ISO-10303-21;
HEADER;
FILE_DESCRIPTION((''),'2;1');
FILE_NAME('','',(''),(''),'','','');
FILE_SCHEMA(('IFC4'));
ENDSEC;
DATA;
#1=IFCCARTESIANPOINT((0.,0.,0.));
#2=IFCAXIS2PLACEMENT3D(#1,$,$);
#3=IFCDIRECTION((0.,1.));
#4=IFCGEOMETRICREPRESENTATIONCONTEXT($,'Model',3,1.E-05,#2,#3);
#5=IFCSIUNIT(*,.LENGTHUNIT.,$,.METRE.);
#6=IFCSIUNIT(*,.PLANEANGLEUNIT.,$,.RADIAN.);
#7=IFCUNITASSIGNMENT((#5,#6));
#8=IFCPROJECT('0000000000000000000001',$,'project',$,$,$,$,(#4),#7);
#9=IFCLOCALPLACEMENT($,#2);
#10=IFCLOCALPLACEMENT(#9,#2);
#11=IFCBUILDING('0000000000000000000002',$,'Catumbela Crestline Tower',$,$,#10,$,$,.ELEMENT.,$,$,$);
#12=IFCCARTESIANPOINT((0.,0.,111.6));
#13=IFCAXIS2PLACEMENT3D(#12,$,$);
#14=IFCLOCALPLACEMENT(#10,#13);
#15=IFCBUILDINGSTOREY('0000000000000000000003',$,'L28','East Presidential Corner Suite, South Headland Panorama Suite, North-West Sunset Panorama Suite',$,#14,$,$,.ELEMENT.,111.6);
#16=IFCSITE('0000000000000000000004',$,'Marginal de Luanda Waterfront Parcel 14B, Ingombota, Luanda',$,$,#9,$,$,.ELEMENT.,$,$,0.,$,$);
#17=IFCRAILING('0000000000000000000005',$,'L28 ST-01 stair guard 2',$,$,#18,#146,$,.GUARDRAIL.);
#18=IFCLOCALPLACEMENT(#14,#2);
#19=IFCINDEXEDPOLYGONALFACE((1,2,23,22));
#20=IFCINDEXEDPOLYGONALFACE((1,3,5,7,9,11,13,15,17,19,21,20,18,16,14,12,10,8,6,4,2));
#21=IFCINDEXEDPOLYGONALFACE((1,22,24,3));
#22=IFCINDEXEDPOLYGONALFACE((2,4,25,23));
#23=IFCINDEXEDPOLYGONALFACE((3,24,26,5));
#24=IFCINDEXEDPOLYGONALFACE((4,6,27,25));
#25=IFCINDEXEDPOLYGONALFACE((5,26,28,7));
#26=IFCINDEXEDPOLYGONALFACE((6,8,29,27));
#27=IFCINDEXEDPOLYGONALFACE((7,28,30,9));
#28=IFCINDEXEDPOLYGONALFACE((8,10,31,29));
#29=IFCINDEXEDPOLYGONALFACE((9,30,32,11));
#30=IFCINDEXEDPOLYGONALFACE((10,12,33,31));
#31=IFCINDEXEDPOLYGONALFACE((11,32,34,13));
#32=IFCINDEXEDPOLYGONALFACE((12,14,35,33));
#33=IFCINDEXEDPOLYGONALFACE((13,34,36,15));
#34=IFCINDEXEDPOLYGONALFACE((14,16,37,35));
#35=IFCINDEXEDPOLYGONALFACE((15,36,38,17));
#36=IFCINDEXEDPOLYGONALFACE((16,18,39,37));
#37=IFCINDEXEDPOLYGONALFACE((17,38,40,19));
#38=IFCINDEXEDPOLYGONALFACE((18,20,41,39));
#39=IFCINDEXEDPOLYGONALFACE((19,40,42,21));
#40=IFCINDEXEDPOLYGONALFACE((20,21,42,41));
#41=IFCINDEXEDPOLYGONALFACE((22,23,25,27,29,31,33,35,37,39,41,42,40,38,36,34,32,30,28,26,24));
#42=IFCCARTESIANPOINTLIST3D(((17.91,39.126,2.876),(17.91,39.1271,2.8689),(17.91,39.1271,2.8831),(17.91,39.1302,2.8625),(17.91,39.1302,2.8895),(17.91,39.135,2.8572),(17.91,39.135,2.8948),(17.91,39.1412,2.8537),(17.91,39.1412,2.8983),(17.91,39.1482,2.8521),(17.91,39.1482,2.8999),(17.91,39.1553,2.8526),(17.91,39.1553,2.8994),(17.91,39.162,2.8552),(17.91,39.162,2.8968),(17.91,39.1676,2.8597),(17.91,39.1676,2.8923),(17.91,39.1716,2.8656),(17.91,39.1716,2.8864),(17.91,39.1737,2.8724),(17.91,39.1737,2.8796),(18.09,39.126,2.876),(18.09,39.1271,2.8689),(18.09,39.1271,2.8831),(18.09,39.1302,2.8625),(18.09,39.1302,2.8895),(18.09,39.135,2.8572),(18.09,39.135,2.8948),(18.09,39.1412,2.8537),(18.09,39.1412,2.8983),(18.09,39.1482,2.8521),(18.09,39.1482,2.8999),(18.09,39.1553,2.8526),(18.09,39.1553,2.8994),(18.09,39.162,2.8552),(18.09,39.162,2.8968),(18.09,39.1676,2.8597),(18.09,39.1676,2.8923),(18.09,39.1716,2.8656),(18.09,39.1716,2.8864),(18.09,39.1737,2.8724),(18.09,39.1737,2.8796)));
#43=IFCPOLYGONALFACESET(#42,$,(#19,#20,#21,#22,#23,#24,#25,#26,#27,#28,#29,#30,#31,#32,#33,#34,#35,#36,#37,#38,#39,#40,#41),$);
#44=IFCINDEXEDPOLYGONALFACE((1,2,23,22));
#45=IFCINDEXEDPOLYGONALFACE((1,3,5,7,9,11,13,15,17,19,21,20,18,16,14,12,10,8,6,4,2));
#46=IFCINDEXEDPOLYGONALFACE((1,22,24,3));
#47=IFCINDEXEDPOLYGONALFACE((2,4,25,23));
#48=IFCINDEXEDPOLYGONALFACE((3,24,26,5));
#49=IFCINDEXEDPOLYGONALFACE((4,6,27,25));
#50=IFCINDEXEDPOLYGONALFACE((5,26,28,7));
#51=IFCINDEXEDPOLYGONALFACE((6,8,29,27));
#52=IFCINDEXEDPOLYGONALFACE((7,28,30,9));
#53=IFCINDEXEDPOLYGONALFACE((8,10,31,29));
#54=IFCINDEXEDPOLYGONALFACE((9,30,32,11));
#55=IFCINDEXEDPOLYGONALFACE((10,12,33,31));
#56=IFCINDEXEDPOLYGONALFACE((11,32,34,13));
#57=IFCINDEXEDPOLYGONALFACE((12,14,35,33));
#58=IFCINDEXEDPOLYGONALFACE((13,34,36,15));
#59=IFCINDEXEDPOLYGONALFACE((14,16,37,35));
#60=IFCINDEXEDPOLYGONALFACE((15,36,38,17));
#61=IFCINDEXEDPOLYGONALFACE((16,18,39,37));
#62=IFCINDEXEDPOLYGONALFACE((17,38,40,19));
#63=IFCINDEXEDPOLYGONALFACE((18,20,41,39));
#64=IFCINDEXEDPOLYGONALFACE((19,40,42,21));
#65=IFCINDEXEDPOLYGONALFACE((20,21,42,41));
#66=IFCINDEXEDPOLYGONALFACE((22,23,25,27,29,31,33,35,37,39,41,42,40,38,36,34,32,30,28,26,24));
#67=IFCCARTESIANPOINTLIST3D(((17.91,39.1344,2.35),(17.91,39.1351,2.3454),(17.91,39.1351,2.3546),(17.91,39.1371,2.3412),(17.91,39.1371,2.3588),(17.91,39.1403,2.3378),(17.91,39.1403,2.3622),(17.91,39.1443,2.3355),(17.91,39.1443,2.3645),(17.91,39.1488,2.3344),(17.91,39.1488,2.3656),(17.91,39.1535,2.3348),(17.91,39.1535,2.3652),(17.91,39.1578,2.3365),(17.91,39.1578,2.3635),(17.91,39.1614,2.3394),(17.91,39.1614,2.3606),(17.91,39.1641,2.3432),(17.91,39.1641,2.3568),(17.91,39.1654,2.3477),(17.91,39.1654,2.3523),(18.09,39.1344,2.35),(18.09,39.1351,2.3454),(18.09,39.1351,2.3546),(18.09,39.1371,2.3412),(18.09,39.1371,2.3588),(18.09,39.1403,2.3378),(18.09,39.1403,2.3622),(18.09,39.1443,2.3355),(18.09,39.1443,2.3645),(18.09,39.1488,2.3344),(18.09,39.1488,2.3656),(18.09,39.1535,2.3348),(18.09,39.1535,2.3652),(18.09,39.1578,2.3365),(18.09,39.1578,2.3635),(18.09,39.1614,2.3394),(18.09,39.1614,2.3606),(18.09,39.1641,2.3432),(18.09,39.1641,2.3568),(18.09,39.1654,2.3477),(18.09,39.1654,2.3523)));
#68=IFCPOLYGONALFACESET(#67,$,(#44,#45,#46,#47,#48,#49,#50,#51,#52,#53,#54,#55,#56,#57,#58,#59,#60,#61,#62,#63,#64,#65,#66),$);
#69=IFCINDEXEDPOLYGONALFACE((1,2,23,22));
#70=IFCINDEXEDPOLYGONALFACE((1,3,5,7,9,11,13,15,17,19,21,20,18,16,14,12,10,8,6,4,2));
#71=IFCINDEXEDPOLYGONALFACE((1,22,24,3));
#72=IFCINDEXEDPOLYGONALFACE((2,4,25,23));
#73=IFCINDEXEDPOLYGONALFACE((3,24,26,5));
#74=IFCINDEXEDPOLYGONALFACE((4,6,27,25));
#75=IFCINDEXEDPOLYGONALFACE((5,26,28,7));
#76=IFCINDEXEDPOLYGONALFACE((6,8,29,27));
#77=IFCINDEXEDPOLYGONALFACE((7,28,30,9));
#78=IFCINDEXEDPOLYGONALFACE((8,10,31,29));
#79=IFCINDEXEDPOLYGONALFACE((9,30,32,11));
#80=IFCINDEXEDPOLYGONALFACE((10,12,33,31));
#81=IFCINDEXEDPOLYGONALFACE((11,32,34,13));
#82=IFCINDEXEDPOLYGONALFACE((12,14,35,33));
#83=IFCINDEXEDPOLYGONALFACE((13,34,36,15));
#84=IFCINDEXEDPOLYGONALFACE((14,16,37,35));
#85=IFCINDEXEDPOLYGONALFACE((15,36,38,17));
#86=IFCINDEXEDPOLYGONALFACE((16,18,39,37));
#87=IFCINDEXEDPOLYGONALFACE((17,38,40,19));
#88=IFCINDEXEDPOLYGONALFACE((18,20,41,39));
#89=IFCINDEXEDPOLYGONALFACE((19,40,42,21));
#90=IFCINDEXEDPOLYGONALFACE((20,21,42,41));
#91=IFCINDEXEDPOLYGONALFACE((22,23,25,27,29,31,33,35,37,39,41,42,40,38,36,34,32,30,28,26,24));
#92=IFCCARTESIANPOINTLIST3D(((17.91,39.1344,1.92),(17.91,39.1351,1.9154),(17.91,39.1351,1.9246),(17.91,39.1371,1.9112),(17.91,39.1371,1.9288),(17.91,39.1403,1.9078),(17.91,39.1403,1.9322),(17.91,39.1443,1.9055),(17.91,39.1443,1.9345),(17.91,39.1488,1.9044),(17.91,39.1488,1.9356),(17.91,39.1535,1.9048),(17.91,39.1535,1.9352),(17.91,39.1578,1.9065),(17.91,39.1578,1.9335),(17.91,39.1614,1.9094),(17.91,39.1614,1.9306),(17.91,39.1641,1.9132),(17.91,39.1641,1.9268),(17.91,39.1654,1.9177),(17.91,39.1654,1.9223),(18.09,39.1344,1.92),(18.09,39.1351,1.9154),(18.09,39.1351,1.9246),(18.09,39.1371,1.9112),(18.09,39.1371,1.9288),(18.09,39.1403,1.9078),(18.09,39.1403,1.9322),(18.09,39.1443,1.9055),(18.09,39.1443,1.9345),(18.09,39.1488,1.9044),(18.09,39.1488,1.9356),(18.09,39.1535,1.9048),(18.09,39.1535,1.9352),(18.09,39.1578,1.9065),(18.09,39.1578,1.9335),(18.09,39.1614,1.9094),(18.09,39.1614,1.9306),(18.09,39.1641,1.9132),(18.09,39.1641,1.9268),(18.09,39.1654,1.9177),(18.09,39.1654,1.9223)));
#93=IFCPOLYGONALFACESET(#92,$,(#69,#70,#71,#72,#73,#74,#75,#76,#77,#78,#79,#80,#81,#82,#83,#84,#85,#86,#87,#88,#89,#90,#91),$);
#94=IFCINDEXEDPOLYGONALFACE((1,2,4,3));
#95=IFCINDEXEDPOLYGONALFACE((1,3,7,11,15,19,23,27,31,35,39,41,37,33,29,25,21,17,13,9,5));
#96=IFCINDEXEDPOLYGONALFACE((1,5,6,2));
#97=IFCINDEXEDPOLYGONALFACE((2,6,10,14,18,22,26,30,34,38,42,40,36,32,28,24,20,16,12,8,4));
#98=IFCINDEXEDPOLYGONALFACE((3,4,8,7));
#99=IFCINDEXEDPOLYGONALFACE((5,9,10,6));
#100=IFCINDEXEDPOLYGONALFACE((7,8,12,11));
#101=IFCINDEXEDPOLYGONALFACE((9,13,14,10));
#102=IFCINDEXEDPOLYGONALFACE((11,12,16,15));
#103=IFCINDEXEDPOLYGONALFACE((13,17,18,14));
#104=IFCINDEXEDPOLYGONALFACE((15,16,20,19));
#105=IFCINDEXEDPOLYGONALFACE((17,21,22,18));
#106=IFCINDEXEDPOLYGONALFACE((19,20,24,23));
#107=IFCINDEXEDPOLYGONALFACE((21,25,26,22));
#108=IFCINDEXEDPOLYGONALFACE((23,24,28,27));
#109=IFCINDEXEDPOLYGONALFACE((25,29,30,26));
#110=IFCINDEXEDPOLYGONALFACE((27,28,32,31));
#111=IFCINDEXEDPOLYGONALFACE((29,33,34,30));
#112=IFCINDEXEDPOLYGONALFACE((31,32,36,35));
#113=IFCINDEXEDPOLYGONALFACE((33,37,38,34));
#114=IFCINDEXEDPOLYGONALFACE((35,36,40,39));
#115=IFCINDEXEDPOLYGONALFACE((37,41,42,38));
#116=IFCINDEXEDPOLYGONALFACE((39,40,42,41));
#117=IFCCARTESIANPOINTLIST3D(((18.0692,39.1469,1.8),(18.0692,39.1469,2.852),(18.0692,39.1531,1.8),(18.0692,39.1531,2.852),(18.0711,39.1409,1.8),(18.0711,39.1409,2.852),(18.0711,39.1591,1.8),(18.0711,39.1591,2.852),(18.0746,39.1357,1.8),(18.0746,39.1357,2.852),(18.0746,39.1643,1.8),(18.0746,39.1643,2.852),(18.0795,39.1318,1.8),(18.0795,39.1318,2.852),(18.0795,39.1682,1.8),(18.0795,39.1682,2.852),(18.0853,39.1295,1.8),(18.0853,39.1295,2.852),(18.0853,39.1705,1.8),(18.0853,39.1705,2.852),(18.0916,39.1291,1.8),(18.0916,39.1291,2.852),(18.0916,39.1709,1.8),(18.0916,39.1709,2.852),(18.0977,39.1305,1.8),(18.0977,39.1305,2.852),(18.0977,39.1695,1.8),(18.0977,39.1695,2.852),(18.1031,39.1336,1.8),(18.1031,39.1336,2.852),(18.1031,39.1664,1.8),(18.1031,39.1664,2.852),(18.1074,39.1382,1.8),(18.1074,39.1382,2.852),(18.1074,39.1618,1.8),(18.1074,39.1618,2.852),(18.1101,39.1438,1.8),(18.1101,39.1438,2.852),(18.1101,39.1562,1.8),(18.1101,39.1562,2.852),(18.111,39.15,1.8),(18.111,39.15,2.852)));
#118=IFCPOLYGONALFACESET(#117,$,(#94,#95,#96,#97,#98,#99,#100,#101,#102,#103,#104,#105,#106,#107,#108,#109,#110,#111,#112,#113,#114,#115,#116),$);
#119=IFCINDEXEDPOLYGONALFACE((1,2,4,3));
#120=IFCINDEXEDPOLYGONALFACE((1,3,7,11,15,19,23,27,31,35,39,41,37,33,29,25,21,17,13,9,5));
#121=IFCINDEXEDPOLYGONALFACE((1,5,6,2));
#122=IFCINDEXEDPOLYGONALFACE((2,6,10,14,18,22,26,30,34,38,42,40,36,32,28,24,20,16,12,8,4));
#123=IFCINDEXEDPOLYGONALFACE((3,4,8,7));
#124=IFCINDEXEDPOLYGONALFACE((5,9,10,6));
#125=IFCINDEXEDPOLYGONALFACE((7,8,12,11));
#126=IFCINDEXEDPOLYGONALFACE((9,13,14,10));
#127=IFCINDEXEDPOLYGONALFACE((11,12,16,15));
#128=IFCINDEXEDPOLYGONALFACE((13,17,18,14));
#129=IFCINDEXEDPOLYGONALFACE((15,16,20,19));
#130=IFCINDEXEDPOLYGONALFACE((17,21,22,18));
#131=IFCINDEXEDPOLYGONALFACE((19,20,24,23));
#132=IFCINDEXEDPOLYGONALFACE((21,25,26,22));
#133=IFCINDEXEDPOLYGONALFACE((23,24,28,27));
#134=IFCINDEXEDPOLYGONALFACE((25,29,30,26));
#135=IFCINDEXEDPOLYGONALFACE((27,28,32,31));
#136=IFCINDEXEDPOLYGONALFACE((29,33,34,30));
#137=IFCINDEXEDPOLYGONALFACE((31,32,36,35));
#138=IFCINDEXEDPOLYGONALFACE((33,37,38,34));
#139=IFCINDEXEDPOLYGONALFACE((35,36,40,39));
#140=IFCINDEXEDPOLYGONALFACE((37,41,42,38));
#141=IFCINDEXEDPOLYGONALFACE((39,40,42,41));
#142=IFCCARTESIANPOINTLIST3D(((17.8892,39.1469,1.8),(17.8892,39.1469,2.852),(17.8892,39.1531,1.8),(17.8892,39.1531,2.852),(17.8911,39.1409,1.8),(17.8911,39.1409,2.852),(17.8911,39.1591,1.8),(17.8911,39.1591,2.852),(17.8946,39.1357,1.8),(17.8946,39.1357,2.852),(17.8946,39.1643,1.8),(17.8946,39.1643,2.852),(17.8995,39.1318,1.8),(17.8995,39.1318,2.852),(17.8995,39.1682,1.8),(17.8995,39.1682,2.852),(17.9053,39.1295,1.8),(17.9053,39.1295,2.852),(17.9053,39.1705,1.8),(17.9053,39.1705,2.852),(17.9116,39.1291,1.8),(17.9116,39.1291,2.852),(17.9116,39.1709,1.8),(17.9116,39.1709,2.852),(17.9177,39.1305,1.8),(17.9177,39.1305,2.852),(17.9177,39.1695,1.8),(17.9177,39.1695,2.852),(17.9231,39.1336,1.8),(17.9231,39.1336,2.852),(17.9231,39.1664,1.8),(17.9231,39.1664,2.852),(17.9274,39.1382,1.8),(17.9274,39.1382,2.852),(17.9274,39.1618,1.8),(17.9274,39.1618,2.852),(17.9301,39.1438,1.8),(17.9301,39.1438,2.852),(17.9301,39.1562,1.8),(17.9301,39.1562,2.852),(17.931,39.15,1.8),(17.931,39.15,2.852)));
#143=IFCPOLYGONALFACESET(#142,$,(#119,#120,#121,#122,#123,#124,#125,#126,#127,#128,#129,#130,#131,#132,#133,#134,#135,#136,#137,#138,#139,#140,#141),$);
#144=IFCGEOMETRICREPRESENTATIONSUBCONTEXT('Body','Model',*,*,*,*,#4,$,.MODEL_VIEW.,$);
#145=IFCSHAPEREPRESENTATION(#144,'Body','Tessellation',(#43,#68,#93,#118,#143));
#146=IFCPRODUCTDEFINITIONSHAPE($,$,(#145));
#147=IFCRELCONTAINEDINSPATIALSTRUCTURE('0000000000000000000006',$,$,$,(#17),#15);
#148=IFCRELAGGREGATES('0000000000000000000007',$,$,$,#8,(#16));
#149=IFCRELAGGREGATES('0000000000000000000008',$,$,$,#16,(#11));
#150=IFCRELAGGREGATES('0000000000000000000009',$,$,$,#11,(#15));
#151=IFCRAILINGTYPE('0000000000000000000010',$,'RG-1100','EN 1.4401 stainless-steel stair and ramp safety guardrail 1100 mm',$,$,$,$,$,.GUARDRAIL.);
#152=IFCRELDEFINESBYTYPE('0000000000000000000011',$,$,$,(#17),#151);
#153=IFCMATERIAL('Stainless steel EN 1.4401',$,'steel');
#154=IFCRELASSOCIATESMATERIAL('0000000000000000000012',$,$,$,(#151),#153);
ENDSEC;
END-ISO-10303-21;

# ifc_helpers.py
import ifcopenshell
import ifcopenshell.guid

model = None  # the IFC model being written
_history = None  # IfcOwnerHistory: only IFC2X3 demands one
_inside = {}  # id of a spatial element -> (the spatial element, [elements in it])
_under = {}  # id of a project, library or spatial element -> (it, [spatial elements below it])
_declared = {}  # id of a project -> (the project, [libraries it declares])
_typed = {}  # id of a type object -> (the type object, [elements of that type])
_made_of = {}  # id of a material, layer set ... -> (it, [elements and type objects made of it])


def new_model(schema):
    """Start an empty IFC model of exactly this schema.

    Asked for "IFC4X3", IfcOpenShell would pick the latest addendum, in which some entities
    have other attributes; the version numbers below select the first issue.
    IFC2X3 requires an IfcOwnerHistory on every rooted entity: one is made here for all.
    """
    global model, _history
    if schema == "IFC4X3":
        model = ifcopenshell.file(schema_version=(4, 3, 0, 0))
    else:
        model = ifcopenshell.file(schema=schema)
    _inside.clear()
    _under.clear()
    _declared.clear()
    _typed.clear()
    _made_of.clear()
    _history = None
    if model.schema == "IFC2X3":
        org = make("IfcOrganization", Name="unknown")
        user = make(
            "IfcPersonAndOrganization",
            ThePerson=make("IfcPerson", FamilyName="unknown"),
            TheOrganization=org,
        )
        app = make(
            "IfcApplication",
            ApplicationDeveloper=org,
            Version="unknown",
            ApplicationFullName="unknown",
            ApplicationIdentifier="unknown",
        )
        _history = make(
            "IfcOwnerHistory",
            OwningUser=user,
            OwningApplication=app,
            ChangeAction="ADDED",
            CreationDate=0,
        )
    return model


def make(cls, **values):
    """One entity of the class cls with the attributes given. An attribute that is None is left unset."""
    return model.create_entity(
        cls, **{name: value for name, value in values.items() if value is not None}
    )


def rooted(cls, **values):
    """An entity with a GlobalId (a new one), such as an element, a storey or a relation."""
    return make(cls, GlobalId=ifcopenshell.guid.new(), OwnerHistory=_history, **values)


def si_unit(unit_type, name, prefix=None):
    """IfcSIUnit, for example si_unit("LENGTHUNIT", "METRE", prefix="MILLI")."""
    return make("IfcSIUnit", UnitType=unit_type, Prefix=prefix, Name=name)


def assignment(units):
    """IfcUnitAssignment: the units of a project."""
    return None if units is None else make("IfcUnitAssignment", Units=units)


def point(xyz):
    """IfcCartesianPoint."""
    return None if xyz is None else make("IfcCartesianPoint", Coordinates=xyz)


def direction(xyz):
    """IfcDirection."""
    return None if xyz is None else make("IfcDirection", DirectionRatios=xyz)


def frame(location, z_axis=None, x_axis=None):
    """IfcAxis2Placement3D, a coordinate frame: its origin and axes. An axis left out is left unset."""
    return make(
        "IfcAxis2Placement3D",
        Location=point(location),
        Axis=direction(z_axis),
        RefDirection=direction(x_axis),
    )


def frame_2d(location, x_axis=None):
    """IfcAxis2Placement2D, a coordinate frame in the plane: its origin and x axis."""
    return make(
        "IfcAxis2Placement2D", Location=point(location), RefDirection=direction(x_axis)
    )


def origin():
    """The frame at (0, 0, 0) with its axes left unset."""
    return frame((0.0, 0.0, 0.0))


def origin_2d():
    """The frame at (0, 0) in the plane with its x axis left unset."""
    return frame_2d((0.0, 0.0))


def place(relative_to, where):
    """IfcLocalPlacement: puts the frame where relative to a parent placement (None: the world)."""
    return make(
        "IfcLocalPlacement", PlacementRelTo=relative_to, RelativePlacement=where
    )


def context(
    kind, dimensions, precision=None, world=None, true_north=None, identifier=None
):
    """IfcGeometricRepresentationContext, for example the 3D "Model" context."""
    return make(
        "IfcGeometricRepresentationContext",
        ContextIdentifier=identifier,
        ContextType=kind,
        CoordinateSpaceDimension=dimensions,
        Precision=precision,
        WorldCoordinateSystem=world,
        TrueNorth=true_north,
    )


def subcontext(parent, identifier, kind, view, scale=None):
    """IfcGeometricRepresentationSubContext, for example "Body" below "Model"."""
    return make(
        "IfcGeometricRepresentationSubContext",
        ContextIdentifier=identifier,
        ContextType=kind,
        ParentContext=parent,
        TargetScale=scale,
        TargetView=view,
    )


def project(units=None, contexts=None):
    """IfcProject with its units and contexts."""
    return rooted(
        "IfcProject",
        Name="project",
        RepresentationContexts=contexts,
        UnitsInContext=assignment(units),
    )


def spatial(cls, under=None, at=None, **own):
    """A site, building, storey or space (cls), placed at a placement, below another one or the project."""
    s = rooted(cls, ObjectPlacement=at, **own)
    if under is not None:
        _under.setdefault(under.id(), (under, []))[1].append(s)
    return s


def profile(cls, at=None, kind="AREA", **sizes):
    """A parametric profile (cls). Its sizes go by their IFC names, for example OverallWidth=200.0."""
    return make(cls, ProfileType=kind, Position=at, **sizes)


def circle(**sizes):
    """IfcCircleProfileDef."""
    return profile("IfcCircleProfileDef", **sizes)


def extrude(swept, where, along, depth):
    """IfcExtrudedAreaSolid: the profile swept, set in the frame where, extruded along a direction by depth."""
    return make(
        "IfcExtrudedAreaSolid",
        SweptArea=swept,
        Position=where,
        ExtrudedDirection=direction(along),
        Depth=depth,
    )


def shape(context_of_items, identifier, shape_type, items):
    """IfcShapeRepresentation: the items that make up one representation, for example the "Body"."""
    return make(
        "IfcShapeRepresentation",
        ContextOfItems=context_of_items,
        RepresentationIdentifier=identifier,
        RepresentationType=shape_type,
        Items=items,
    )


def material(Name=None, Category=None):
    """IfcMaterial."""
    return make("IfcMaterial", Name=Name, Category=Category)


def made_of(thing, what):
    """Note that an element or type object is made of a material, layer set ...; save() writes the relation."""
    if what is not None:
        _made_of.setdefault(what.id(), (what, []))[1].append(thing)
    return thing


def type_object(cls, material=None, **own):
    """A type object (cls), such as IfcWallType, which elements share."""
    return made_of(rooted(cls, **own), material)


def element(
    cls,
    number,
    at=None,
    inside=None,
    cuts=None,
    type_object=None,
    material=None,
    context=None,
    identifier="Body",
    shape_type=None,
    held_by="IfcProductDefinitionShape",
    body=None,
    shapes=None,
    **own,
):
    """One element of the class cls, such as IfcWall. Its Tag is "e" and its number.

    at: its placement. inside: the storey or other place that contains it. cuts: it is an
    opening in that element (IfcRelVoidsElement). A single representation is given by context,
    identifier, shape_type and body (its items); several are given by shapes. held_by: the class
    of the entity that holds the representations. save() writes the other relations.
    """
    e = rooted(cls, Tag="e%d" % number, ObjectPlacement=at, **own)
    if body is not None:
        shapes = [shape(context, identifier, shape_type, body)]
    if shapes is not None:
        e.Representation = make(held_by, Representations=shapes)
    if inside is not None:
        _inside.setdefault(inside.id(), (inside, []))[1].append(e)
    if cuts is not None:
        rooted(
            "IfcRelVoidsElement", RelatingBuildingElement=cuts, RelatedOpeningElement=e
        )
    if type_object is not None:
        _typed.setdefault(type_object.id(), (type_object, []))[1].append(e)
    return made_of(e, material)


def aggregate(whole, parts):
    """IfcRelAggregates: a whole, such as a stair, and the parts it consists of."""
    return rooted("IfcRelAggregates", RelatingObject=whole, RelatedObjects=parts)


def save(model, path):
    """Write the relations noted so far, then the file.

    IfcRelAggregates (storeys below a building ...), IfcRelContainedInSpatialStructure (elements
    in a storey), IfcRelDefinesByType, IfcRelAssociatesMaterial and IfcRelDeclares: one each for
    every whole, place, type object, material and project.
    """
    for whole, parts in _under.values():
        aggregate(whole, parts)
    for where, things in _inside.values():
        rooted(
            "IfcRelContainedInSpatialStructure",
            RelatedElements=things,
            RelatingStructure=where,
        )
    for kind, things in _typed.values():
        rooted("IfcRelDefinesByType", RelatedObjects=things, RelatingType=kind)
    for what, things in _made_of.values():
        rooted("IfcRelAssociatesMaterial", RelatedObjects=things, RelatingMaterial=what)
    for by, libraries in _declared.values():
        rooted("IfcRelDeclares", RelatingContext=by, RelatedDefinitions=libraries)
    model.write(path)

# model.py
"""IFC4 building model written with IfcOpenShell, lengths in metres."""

from ifc_helpers import new_model, si_unit, direction, frame, origin, origin_2d, place, context, subcontext, project, spatial, circle, extrude, material, type_object, element, save


model = new_model("IFC4")

# Units and contexts
model_context = context("Model", 3, precision=1e-05, world=origin(), true_north=direction((0.0, 1.0)))
body_context = subcontext(model_context, "Body", "Model", "MODEL_VIEW")
ifc_project = project(units=[si_unit("LENGTHUNIT", "METRE"), si_unit("PLANEANGLEUNIT", "RADIAN")], contexts=[model_context])

# Site, building, storey
site_placement = place(None, origin())
site = spatial("IfcSite", under=ifc_project, at=site_placement, Name="Marginal de Luanda Waterfront Parcel 14B, Ingombota, Luanda", CompositionType="ELEMENT", RefElevation=0.0)
building_placement = place(site_placement, origin())
building = spatial("IfcBuilding", under=site, at=building_placement, Name="Catumbela Crestline Tower", CompositionType="ELEMENT")
storey_placement = place(building_placement, frame((0.0, 0.0, 111.6)))
storey = spatial("IfcBuildingStorey", under=building, at=storey_placement, Name="L28", Description="East Presidential Corner Suite, South Headland Panorama Suite, North-West Sunset Panorama Suite", CompositionType="ELEMENT", Elevation=111.6)

# Railing
ifc_material_1 = material(Name="Stainless steel EN 1.4401", Category="steel")
railing_type_1 = type_object("IfcRailingType", Name="RG-1100", Description="EN 1.4401 stainless-steel stair and ramp safety guardrail 1100 mm", PredefinedType="GUARDRAIL", material=ifc_material_1)
railing_1_placement = place(storey_placement, frame((18.09, 39.15, 1.8)))
element("IfcRailing", 1, at=railing_1_placement, inside=storey, type_object=railing_type_1, Name="L28 ST-01 stair guard 2", PredefinedType="GUARDRAIL", context=body_context, shape_type="SweptSolid", body=[
    extrude(circle(Radius=0.024, at=origin_2d()), frame((0.0, 0.0, 1.076), z_axis=(-1.0, 0.0, 0.0), x_axis=(0.0, -1.0, 0.0)), (0.0, 0.0, 1.0), 0.18),
    extrude(circle(Radius=0.0156, at=origin_2d()), frame((0.0, 0.0, 0.55), z_axis=(-1.0, 0.0, 0.0), x_axis=(0.0, -1.0, 0.0)), (0.0, 0.0, 1.0), 0.18),
    extrude(circle(Radius=0.0156, at=origin_2d()), frame((0.0, 0.0, 0.12), z_axis=(-1.0, 0.0, 0.0), x_axis=(0.0, -1.0, 0.0)), (0.0, 0.0, 1.0), 0.18),
    extrude(circle(Radius=0.021, at=origin_2d()), origin(), (0.0, 0.0, 1.0), 1.052),
    extrude(circle(Radius=0.021, at=origin_2d()), frame((-0.18, 0.0, 0.0)), (0.0, 0.0, 1.0), 1.052),
])

save(model, "model.ifc")
